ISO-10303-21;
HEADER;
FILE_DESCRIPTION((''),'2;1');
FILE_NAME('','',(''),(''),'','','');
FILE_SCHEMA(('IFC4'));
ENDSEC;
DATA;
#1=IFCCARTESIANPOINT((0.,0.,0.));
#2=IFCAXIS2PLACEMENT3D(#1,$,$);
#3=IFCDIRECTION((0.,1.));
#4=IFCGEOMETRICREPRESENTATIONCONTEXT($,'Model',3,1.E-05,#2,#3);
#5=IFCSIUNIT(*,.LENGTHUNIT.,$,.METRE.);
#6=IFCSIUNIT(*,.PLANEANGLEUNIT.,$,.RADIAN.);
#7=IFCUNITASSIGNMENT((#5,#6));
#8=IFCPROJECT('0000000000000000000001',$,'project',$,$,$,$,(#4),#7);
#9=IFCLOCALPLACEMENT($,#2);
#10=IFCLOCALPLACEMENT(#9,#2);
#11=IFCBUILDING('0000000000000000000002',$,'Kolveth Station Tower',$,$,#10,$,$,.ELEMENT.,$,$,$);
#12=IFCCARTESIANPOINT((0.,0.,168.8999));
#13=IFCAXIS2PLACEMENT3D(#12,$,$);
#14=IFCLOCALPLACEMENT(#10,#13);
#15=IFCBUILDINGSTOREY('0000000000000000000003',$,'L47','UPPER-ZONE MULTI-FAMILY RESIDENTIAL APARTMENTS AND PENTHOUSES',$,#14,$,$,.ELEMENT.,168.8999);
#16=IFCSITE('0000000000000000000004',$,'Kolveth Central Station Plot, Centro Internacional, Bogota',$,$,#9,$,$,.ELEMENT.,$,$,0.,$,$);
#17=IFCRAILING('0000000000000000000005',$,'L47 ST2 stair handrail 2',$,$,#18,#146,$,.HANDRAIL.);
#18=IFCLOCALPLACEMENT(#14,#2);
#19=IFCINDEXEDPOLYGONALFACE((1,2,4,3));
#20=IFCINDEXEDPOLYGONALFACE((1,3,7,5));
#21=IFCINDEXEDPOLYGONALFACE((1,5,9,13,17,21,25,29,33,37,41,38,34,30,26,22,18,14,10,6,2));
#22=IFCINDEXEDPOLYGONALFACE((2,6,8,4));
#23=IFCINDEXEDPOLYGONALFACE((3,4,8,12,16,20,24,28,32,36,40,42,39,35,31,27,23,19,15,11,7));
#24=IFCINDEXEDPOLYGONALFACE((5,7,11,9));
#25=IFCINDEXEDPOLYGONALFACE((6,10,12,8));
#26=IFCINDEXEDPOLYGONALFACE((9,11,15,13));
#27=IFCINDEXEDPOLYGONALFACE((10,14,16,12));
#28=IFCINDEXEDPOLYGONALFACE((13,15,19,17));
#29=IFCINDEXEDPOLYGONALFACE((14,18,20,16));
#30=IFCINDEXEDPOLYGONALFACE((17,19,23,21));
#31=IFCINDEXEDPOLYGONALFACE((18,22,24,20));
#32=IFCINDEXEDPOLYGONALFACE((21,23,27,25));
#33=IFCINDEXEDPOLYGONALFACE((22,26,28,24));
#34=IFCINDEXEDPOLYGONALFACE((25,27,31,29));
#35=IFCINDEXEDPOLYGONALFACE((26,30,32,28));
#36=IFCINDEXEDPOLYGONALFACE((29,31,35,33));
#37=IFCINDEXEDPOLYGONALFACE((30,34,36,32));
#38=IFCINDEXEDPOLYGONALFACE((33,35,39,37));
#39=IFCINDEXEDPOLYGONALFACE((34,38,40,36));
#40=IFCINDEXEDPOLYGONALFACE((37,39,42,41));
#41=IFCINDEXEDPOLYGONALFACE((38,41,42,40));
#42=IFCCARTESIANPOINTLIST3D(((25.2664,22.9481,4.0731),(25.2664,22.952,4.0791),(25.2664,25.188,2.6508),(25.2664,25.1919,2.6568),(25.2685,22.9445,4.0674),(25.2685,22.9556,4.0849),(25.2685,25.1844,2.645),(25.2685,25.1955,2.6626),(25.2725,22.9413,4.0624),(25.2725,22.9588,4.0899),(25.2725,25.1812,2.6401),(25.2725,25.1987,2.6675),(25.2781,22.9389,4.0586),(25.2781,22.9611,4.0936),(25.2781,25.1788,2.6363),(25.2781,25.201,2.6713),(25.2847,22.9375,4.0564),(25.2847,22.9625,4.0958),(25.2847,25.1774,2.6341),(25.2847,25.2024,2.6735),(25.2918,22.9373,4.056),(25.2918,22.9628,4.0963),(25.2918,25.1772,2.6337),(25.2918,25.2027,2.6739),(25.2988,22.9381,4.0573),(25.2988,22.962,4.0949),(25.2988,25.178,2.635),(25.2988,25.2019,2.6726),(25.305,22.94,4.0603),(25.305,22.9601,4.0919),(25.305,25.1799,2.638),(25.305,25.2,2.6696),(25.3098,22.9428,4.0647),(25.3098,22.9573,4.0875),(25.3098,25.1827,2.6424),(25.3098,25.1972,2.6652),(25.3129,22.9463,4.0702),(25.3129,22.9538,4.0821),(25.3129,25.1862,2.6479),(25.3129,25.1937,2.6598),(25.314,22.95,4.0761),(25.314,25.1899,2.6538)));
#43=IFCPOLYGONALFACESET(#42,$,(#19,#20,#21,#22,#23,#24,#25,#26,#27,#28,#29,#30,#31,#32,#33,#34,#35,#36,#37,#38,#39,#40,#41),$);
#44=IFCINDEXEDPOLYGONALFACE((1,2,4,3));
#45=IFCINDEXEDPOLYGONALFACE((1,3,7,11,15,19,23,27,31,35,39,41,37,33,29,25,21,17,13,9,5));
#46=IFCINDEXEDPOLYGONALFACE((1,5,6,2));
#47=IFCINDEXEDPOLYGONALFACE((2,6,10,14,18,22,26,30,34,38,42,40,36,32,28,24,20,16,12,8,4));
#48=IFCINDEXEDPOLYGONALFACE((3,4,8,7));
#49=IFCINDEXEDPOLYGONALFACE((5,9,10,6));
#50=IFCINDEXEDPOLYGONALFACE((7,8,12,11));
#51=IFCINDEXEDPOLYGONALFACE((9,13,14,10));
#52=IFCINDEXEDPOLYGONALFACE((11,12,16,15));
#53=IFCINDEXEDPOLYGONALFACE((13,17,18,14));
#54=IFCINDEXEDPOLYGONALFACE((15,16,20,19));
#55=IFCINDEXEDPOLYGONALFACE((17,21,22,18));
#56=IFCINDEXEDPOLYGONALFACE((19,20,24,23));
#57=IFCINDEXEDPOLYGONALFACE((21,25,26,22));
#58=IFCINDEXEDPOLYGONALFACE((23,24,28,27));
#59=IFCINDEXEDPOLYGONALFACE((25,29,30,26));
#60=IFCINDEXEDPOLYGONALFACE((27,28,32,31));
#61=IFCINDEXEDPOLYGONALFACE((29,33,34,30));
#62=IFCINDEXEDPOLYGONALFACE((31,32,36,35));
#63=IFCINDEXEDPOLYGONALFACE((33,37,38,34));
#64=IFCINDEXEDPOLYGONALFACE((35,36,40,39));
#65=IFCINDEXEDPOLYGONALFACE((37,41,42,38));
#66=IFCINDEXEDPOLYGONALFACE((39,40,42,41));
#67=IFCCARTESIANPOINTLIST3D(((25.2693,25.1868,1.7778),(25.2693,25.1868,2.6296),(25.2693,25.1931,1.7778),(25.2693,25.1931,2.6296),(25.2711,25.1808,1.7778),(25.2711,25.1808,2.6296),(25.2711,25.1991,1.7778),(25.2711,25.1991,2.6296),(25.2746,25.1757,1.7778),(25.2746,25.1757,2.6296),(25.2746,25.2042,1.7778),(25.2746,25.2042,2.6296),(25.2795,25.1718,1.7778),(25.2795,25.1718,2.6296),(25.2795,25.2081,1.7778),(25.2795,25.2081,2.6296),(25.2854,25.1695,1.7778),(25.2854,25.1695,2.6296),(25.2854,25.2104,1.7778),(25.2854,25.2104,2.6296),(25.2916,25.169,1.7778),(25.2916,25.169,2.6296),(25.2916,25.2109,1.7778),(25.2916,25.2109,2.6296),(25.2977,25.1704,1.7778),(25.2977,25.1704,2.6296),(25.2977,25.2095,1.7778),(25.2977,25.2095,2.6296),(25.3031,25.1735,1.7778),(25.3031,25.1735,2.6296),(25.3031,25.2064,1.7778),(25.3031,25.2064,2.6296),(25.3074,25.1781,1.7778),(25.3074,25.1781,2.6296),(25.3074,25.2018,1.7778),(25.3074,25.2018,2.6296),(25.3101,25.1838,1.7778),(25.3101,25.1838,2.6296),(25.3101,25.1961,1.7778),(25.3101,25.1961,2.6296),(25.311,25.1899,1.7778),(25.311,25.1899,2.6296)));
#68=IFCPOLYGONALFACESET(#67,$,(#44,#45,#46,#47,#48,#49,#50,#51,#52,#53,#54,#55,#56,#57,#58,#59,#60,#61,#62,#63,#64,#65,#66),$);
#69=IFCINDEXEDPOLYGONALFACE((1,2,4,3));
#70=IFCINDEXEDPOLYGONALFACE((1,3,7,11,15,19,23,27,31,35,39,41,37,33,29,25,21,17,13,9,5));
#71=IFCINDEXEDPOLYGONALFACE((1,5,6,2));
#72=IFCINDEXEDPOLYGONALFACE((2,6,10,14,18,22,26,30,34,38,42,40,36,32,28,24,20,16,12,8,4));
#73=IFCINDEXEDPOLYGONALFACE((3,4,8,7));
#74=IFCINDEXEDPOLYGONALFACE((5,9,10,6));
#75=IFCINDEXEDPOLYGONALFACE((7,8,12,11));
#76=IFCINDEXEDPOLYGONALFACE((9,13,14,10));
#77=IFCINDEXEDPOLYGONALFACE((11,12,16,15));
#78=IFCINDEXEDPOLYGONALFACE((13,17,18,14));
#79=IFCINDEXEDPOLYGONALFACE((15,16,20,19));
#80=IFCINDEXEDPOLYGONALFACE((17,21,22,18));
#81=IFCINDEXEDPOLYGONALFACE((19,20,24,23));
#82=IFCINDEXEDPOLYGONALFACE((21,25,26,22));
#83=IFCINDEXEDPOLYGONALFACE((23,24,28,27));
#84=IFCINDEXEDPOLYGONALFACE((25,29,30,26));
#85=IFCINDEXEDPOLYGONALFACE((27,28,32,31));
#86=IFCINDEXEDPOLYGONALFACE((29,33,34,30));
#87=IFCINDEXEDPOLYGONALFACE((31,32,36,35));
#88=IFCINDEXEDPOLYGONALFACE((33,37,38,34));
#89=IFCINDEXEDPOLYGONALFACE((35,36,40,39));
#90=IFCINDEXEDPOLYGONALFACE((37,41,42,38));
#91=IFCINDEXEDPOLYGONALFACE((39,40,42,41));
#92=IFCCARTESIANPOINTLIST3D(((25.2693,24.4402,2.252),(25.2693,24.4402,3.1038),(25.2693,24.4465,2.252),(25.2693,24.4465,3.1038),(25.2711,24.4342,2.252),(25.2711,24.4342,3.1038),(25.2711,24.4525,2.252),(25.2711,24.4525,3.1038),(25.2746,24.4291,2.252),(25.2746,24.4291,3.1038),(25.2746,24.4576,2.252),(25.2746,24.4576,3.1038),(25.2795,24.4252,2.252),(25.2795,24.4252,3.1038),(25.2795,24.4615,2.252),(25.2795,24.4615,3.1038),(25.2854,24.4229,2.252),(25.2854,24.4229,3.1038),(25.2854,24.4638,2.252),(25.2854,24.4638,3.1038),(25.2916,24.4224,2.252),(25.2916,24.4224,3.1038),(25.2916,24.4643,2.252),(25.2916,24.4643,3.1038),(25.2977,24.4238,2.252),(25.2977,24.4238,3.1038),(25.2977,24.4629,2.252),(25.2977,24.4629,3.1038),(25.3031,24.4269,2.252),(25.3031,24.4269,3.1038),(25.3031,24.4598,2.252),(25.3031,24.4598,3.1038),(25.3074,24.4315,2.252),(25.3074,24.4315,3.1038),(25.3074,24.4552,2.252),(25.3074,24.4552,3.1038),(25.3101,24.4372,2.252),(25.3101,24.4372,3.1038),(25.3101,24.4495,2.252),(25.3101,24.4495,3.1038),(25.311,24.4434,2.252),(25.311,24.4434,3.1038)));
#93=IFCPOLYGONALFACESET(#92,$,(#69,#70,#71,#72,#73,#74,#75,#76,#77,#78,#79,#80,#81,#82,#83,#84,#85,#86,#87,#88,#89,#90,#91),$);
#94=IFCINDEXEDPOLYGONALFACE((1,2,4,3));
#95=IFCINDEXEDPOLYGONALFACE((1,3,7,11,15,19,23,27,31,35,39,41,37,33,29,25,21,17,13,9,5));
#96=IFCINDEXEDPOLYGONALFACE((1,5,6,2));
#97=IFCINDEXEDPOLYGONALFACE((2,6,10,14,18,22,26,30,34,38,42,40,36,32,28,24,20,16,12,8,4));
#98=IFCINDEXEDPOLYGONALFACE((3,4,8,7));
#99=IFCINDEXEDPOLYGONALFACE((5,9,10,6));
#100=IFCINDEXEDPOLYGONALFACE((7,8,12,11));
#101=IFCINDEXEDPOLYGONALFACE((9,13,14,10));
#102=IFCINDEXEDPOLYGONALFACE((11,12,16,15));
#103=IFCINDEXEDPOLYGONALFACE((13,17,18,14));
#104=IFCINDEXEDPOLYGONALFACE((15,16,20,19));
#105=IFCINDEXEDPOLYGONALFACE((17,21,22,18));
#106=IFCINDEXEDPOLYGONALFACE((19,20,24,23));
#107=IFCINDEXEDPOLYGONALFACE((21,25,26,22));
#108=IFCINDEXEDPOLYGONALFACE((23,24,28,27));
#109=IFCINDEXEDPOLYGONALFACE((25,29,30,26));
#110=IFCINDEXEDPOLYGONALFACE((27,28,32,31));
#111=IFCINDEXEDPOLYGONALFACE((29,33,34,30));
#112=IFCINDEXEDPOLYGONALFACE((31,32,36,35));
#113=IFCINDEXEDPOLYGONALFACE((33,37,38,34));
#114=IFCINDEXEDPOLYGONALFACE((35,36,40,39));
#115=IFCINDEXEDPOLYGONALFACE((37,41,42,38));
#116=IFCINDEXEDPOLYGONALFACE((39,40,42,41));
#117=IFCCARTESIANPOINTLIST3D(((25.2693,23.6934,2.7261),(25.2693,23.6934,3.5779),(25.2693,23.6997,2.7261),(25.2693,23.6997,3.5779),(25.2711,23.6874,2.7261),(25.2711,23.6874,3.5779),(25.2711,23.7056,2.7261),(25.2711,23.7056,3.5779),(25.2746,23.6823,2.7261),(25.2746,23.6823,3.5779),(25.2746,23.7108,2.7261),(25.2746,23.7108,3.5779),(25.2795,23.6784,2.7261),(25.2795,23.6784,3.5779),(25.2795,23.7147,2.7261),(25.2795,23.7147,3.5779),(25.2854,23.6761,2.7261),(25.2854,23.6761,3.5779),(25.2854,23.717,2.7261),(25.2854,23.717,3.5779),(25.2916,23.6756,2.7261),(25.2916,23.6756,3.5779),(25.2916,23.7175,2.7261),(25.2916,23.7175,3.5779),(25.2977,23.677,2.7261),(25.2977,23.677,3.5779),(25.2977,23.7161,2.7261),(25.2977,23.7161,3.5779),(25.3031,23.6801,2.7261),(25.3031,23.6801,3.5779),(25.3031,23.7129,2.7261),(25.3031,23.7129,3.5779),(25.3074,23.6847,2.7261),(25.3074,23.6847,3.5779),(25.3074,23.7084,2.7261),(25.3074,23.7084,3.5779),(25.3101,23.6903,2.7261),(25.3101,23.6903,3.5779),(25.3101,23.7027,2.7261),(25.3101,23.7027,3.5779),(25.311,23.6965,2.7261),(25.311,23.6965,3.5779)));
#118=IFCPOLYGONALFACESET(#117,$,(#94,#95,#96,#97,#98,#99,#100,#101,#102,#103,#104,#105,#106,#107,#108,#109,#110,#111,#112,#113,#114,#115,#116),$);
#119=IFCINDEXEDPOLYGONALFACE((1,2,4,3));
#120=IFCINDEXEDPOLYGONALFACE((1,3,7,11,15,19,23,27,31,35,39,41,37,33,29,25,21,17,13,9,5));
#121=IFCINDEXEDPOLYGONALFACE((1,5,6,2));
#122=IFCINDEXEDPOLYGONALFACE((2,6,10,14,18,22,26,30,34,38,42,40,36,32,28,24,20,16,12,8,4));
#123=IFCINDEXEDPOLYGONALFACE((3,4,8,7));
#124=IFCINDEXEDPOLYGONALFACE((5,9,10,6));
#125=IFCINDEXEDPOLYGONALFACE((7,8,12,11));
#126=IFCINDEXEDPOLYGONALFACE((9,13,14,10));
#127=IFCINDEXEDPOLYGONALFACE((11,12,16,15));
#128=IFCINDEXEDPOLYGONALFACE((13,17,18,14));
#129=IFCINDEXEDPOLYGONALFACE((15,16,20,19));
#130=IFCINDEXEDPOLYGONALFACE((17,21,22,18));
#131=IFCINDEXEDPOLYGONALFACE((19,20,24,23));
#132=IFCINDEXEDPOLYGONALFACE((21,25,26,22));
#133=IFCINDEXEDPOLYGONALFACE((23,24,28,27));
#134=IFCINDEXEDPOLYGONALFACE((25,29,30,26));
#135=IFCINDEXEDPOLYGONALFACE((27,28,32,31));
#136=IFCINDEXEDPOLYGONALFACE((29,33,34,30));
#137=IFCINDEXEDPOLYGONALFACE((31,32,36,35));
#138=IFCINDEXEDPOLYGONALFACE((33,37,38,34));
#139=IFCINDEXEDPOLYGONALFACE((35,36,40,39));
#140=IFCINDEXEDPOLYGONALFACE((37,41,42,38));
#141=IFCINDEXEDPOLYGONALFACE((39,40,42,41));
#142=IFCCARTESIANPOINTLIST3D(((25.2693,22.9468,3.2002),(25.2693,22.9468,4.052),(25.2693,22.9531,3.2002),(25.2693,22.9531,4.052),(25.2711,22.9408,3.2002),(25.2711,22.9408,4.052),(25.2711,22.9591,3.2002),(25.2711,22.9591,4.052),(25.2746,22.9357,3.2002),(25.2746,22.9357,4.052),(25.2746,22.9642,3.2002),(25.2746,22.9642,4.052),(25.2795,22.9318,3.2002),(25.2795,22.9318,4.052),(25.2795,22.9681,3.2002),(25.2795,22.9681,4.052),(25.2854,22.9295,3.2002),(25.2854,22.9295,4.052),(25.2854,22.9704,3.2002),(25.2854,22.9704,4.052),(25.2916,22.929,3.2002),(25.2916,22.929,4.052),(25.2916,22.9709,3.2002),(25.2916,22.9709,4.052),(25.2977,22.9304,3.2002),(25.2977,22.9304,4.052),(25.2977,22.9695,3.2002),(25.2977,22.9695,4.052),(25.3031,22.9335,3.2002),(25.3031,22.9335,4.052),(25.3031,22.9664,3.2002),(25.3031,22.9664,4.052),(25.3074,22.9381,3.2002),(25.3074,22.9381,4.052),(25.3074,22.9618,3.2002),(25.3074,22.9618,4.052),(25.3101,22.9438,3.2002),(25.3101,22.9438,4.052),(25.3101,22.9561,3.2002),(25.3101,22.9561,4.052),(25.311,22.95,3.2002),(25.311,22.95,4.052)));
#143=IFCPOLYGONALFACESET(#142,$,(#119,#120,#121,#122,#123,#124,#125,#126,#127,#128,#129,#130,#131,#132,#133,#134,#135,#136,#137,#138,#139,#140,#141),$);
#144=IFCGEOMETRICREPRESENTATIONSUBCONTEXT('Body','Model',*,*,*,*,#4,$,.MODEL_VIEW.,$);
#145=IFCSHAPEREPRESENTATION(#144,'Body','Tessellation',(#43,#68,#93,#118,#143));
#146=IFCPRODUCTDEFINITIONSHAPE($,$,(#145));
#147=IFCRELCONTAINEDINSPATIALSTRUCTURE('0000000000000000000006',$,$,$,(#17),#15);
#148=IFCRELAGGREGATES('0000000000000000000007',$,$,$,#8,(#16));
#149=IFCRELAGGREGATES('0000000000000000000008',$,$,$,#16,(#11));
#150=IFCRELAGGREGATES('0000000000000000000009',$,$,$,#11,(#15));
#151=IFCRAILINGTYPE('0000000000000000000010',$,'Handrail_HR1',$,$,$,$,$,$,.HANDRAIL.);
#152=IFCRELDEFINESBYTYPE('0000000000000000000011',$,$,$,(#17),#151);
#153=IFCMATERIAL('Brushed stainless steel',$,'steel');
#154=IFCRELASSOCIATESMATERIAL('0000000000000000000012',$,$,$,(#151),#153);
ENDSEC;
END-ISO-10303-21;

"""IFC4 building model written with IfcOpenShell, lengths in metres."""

from ifc_helpers import new_model, si_unit, direction, frame, origin, origin_2d, place, context, subcontext, project, spatial, circle, extrude, material, type_object, element, save


model = new_model("IFC4")

# Units and contexts
model_context = context("Model", 3, precision=1e-05, world=origin(), true_north=direction((0.0, 1.0)))
body_context = subcontext(model_context, "Body", "Model", "MODEL_VIEW")
ifc_project = project(units=[si_unit("LENGTHUNIT", "METRE"), si_unit("PLANEANGLEUNIT", "RADIAN")], contexts=[model_context])

# Site, building, storey
site_placement = place(None, origin())
site = spatial("IfcSite", under=ifc_project, at=site_placement, Name="Kolveth Central Station Plot, Centro Internacional, Bogota", CompositionType="ELEMENT", RefElevation=0.0)
building_placement = place(site_placement, origin())
building = spatial("IfcBuilding", under=site, at=building_placement, Name="Kolveth Station Tower", CompositionType="ELEMENT")
storey_placement = place(building_placement, frame((0.0, 0.0, 168.8999)))
storey = spatial("IfcBuildingStorey", under=building, at=storey_placement, Name="L47", Description="UPPER-ZONE MULTI-FAMILY RESIDENTIAL APARTMENTS AND PENTHOUSES", CompositionType="ELEMENT", Elevation=168.8999)

# Railing
ifc_material_1 = material(Name="Brushed stainless steel", Category="steel")
railing_type_1 = type_object("IfcRailingType", Name="Handrail_HR1", PredefinedType="HANDRAIL", material=ifc_material_1)
for number, where, name in (
    (1, (25.29, 25.1899, 1.7778), "L47 ST2 stair handrail 2"),
):
    element("IfcRailing", number, at=place(storey_placement, frame(where)), inside=storey, type_object=railing_type_1, Name=name, PredefinedType="HANDRAIL", context=body_context, shape_type="SweptSolid", body=[
        extrude(circle(Radius=0.0239, at=origin_2d()), frame((0.0, 0.0, 0.876), z_axis=(0.0, -0.844188, 0.536048), x_axis=(1.0, 0.0, 0.0)), (0.0, 0.0, 1.0), 2.6533),
        extrude(circle(Radius=0.021, at=origin_2d()), origin(), (0.0, 0.0, 1.0), 0.8518),
        extrude(circle(Radius=0.021, at=origin_2d()), frame((0.0, -0.7466, 0.4741)), (0.0, 0.0, 1.0), 0.8518),
        extrude(circle(Radius=0.021, at=origin_2d()), frame((0.0, -1.4934, 0.9482)), (0.0, 0.0, 1.0), 0.8518),
        extrude(circle(Radius=0.021, at=origin_2d()), frame((0.0, -2.24, 1.4224)), (0.0, 0.0, 1.0), 0.8518),
    ])

save(model, "model.ifc")
